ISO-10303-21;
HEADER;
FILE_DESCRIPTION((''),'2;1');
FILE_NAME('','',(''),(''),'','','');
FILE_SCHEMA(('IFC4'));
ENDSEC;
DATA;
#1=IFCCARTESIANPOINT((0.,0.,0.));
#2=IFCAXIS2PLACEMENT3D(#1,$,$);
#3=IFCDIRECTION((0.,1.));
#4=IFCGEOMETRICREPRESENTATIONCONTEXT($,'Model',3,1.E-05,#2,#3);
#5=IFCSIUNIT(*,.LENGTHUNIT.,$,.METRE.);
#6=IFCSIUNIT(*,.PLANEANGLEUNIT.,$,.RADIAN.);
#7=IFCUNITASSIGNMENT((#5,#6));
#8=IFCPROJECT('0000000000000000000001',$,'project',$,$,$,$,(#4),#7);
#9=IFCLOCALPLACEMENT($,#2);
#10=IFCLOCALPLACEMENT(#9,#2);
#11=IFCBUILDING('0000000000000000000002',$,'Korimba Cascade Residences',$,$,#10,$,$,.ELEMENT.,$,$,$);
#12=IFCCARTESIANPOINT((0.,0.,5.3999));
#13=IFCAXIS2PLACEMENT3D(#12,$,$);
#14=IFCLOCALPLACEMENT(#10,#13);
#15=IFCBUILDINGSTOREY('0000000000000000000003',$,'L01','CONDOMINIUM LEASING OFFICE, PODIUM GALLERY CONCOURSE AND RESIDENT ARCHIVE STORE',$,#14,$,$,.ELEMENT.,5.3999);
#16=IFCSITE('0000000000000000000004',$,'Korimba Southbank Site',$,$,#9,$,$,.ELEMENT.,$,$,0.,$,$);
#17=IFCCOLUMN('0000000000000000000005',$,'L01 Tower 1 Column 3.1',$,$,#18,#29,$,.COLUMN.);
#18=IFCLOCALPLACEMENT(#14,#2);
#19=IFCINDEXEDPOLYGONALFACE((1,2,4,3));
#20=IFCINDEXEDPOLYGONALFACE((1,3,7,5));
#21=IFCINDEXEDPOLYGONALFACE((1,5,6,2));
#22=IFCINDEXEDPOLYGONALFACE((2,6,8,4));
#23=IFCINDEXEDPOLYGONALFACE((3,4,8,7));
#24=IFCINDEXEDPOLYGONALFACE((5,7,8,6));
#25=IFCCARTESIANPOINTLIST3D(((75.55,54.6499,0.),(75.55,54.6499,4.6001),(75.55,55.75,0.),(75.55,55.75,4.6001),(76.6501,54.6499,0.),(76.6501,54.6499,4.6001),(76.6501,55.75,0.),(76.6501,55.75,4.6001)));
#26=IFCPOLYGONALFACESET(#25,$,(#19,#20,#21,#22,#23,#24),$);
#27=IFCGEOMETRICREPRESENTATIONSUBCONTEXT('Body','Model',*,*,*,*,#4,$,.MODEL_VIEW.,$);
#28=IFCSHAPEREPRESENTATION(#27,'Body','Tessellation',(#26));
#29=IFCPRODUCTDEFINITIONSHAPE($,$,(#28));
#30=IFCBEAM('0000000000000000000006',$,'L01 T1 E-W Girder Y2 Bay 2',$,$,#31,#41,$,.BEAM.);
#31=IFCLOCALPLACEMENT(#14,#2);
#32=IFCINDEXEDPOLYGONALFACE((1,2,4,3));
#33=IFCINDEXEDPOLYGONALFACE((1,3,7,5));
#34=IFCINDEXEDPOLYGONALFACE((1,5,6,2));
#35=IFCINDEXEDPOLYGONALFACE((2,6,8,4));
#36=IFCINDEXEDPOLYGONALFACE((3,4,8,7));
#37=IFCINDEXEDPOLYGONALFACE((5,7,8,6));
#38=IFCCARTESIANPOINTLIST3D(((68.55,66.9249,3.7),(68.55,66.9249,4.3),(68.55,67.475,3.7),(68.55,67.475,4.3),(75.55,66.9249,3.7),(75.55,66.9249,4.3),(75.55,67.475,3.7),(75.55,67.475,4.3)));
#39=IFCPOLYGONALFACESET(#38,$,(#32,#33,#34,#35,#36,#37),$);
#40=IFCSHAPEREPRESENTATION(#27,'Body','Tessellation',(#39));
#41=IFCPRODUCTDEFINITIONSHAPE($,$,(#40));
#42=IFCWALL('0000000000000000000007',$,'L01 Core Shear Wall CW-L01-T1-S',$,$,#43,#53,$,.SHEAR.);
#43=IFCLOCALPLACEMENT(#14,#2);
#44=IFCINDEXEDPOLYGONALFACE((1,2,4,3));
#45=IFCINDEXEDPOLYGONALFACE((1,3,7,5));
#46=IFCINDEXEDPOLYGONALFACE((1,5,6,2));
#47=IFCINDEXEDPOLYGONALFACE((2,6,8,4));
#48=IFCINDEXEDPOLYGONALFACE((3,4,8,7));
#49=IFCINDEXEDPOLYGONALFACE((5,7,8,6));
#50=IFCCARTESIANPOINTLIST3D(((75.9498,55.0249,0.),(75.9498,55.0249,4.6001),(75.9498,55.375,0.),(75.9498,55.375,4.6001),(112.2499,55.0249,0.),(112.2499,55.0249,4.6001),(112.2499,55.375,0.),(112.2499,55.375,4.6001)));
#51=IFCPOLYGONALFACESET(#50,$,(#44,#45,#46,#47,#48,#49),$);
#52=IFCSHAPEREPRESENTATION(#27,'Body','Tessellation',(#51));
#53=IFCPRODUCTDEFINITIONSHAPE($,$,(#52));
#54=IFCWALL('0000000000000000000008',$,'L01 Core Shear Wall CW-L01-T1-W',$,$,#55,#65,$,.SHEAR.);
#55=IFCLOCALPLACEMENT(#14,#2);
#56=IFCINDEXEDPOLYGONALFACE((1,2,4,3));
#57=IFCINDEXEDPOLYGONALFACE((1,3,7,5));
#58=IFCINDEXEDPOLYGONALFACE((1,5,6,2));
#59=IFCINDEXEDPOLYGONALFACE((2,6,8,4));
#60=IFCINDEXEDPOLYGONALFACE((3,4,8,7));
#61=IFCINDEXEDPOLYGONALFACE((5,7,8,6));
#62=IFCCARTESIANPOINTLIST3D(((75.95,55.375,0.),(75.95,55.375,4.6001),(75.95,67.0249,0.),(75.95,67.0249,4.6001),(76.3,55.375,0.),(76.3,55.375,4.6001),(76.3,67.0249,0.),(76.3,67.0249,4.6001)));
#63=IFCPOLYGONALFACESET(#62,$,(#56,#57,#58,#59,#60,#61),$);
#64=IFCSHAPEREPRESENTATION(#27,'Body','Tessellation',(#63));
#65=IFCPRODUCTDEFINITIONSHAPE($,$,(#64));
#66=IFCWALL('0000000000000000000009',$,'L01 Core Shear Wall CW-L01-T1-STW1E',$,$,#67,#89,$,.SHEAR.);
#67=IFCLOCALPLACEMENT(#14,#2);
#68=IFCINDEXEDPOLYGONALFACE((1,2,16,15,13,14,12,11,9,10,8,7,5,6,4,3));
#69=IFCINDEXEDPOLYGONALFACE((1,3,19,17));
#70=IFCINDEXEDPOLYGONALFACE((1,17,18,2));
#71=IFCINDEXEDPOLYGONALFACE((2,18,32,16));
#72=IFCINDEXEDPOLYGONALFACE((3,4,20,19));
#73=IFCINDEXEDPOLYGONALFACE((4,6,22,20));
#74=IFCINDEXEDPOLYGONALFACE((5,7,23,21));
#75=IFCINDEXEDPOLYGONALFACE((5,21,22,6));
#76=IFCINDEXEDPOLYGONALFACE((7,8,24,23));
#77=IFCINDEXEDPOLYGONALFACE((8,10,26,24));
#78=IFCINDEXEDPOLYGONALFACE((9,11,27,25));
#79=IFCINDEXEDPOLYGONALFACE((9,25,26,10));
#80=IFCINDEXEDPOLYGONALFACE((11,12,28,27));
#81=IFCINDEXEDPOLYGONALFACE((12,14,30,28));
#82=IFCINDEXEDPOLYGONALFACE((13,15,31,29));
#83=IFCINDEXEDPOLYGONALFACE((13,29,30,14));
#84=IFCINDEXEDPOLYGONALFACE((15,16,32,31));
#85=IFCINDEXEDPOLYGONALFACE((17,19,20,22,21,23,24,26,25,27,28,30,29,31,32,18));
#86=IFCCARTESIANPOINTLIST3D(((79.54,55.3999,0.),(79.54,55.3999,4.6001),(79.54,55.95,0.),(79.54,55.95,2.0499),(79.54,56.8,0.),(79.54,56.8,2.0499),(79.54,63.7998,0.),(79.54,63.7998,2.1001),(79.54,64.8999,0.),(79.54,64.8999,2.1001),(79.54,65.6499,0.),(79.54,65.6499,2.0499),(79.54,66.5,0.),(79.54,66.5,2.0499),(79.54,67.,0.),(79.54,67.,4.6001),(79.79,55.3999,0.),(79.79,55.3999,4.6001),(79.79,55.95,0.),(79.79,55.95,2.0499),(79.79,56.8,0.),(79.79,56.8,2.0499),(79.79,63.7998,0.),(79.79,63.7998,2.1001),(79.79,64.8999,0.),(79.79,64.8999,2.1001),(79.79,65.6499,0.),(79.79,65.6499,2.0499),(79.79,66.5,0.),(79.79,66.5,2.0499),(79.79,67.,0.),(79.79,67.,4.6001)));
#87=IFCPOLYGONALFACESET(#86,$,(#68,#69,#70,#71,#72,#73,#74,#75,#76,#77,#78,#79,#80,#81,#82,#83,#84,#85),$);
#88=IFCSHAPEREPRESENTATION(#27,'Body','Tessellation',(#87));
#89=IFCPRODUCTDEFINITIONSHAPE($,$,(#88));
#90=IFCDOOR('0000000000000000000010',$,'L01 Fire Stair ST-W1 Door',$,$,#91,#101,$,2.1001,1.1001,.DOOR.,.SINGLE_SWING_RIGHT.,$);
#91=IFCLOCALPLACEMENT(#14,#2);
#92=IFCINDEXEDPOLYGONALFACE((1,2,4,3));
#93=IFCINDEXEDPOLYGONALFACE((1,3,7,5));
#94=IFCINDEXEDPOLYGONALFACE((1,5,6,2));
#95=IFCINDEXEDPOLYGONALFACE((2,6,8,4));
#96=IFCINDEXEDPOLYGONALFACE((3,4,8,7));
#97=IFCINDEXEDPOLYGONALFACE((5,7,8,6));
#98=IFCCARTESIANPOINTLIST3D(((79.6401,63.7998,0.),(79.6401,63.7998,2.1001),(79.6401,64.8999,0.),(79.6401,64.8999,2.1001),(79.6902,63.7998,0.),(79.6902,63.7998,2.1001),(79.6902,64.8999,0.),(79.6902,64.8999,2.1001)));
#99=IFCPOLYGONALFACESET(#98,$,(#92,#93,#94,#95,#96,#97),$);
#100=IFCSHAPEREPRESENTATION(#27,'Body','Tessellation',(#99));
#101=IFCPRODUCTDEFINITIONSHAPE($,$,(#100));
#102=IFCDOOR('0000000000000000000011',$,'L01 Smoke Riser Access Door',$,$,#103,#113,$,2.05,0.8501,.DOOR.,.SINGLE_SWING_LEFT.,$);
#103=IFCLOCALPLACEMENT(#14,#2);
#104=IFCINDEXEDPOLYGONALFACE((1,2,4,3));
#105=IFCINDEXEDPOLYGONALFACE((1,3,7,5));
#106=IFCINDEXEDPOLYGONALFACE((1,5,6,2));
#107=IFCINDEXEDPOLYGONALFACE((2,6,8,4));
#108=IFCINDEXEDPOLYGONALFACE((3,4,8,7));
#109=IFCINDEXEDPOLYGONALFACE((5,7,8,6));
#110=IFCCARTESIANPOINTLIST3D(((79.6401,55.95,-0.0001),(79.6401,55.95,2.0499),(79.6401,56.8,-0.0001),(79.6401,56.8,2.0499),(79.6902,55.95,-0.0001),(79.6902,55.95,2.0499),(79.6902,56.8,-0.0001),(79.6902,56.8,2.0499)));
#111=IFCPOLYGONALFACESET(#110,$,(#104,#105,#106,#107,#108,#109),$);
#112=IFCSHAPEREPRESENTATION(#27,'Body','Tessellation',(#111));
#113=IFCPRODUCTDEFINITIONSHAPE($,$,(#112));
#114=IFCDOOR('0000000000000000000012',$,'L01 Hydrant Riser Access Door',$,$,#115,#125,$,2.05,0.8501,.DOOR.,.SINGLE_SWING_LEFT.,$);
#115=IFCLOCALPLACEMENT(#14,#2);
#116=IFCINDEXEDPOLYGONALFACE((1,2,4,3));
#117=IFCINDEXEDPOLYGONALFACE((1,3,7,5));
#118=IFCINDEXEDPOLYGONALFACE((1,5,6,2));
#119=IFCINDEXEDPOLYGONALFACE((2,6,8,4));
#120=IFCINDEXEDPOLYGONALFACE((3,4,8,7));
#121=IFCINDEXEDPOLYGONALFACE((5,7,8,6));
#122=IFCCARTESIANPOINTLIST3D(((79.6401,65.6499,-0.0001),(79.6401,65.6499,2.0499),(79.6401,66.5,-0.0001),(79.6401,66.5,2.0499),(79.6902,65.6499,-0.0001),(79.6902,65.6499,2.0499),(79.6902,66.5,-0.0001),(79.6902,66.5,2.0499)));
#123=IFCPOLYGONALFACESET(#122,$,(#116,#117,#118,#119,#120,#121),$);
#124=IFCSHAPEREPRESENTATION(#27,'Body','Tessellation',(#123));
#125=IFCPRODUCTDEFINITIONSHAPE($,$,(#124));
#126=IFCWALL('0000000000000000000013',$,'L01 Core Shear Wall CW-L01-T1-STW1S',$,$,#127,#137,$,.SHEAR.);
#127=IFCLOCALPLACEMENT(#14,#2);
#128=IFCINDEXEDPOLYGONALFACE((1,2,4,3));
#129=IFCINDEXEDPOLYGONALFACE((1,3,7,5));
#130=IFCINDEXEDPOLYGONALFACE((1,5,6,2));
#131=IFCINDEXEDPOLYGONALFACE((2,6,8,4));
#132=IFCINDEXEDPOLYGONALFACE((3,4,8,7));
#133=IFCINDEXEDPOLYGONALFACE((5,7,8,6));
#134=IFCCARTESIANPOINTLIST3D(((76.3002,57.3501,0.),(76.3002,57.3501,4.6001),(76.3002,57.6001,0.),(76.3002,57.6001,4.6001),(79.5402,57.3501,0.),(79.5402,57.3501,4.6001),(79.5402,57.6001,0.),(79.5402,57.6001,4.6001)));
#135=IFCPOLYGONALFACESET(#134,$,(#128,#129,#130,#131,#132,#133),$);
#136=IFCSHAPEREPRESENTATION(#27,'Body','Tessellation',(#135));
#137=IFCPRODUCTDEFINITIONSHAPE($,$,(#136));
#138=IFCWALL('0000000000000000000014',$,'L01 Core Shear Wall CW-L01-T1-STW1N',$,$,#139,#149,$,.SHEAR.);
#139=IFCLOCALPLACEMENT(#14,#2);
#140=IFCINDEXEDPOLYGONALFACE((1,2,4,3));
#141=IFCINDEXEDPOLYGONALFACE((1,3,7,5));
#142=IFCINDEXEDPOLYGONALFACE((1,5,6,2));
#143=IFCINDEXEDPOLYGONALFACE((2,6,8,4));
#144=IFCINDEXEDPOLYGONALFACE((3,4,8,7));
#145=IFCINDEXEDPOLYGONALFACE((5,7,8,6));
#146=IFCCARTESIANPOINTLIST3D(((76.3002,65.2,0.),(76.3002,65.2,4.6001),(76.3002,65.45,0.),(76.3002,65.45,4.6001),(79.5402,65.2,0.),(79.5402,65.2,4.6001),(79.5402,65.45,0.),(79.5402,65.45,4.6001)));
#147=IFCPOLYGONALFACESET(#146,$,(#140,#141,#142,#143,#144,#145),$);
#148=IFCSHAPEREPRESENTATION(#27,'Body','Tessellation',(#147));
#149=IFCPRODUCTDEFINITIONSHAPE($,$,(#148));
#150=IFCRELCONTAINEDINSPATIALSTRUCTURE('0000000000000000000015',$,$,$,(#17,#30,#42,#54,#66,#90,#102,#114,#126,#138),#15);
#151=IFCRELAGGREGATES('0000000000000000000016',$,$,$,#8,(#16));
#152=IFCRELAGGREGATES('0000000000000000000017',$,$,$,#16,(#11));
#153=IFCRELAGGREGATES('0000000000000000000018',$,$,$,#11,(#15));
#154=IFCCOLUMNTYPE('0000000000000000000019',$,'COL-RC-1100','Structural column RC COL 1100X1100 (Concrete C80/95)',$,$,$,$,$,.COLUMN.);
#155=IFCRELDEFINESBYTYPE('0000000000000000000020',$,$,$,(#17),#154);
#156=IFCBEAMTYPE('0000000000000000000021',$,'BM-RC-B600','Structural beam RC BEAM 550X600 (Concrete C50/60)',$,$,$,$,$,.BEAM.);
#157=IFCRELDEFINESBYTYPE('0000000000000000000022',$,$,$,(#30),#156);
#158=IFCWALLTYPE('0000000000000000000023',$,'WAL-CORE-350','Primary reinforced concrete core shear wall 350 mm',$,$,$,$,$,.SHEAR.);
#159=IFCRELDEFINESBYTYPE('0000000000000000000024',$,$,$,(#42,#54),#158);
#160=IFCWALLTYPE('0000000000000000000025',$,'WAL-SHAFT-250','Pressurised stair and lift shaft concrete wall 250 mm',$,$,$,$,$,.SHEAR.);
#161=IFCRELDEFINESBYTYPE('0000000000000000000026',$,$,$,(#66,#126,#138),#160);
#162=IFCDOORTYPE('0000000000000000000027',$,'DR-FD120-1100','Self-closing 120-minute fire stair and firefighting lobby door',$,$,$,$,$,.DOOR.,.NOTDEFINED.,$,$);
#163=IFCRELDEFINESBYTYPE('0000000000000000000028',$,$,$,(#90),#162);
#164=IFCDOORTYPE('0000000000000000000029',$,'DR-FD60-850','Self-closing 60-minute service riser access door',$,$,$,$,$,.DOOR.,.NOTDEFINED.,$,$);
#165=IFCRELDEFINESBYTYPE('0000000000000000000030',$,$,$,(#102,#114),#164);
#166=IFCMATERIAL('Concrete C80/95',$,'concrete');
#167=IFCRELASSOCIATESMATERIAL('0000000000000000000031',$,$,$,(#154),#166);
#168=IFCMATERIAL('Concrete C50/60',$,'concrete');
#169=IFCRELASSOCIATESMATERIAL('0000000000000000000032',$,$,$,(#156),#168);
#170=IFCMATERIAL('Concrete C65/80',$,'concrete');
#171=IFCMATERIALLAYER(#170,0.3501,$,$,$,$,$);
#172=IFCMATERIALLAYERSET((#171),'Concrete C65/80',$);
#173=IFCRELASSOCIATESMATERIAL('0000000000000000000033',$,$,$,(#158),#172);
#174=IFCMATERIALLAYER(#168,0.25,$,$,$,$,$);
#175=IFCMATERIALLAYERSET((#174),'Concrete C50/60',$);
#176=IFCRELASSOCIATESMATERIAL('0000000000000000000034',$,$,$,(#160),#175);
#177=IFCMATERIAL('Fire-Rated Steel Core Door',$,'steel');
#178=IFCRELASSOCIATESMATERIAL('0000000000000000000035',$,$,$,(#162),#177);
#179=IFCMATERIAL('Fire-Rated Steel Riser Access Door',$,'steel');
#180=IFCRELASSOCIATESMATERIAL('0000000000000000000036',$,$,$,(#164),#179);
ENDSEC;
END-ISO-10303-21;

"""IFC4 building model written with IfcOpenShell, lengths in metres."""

from ifc_helpers import new_model, si_unit, direction, frame, frame_2d, origin, origin_2d, place, context, subcontext, project, spatial, rectangle, extrude, material, layer, layer_set, material_profile, profile_set, type_object, element, fill, save


model = new_model("IFC4")

# Units and contexts
model_context = context("Model", 3, precision=1e-05, world=origin(), true_north=direction((0.0, 1.0)))
body_context = subcontext(model_context, "Body", "Model", "MODEL_VIEW")
ifc_project = project(units=[si_unit("LENGTHUNIT", "METRE"), si_unit("PLANEANGLEUNIT", "RADIAN")], contexts=[model_context])

# Site, building, storey
site_placement = place(None, origin())
site = spatial("IfcSite", under=ifc_project, at=site_placement, Name="Korimba Southbank Site", CompositionType="ELEMENT", RefElevation=0.0)
building_placement = place(site_placement, origin())
building = spatial("IfcBuilding", under=site, at=building_placement, Name="Korimba Cascade Residences", CompositionType="ELEMENT")
storey_placement = place(building_placement, frame((0.0, 0.0, 5.3999)))
storey = spatial("IfcBuildingStorey", under=building, at=storey_placement, Name="L01", Description="CONDOMINIUM LEASING OFFICE, PODIUM GALLERY CONCOURSE AND RESIDENT ARCHIVE STORE", CompositionType="ELEMENT", Elevation=5.3999)

# Column
ifc_material_1 = material(Name="Concrete C80/95", Category="concrete")
ifc_material_profile_1 = material_profile(ifc_material_1, rectangle(XDim=1.1001, YDim=1.1001, at=origin_2d()), Name="Concrete C80/95")
ifc_profile_set_1 = profile_set([ifc_material_profile_1], Name="Concrete C80/95")
column_type = type_object("IfcColumnType", Name="COL-RC-1100", Description="Structural column RC COL 1100X1100 (Concrete C80/95)", PredefinedType="COLUMN", material=ifc_profile_set_1)
column_placement = place(storey_placement, frame((76.1001, 55.2, 0.0), z_axis=(0.0, 0.0, 1.0), x_axis=(1.0, 0.0, 0.0)))
element("IfcColumn", 1, at=column_placement, inside=storey, type_object=column_type, Name="L01 Tower 1 Column 3.1", PredefinedType="COLUMN", context=body_context, shape_type="SweptSolid", body=[
    extrude(rectangle(XDim=1.1001, YDim=1.1001, at=origin_2d()), origin(), (0.0, 0.0, 1.0), 4.6001),
])

# Beam
ifc_material_2 = material(Name="Concrete C50/60", Category="concrete")
ifc_material_profile_2 = material_profile(ifc_material_2, rectangle(XDim=0.55, YDim=0.6001, at=origin_2d()), Name="Concrete C50/60")
ifc_profile_set_2 = profile_set([ifc_material_profile_2], Name="Concrete C50/60")
beam_type = type_object("IfcBeamType", Name="BM-RC-B600", Description="Structural beam RC BEAM 550X600 (Concrete C50/60)", PredefinedType="BEAM", material=ifc_profile_set_2)
beam_placement = place(storey_placement, frame((68.55, 67.2, 4.0), z_axis=(1.0, 0.0, 0.0), x_axis=(0.0, 1.0, 0.0)))
element("IfcBeam", 2, at=beam_placement, inside=storey, type_object=beam_type, Name="L01 T1 E-W Girder Y2 Bay 2", PredefinedType="BEAM", context=body_context, shape_type="SweptSolid", body=[
    extrude(rectangle(XDim=0.55, YDim=0.6001, at=origin_2d()), origin(), (0.0, 0.0, 1.0), 7.0),
])

# Walls
ifc_material_3 = material(Name="Concrete C65/80", Category="concrete")
ifc_layer_1 = layer(ifc_material_3, 0.3501)
ifc_layer_set_1 = layer_set([ifc_layer_1], Name="Concrete C65/80")
wall_type_1 = type_object("IfcWallType", Name="WAL-CORE-350", Description="Primary reinforced concrete core shear wall 350 mm", PredefinedType="SHEAR", material=ifc_layer_set_1)
wall_1_placement = place(storey_placement, frame((75.95, 55.2, 0.0), z_axis=(0.0, 0.0, 1.0), x_axis=(1.0, 0.0, 0.0)))
element("IfcWall", 3, at=wall_1_placement, inside=storey, type_object=wall_type_1, Name="L01 Core Shear Wall CW-L01-T1-S", PredefinedType="SHEAR", context=body_context, shape_type="SweptSolid", body=[
    extrude(rectangle(XDim=36.3, YDim=0.3501, at=frame_2d((18.1499, 0.0))), origin(), (0.0, 0.0, 1.0), 4.6001),
])
wall_2_placement = place(storey_placement, frame((76.125, 55.375, 0.0), z_axis=(0.0, 0.0, 1.0), x_axis=(0.0, 1.0, 0.0)))
element("IfcWall", 4, at=wall_2_placement, inside=storey, type_object=wall_type_1, Name="L01 Core Shear Wall CW-L01-T1-W", PredefinedType="SHEAR", context=body_context, shape_type="SweptSolid", body=[
    extrude(rectangle(XDim=11.6499, YDim=0.3501, at=frame_2d((5.825, 0.0))), origin(), (0.0, 0.0, 1.0), 4.6001),
])

# Wall, openings, doors
ifc_layer_2 = layer(ifc_material_2, 0.25)
ifc_layer_set_2 = layer_set([ifc_layer_2], Name="Concrete C50/60")
wall_type_2 = type_object("IfcWallType", Name="WAL-SHAFT-250", Description="Pressurised stair and lift shaft concrete wall 250 mm", PredefinedType="SHEAR", material=ifc_layer_set_2)
wall_3_placement = place(storey_placement, frame((79.665, 55.3999, 0.0), z_axis=(0.0, 0.0, 1.0), x_axis=(0.0, 1.0, 0.0)))
wall_3 = element("IfcWall", 5, at=wall_3_placement, inside=storey, type_object=wall_type_2, Name="L01 Core Shear Wall CW-L01-T1-STW1E", PredefinedType="SHEAR", context=body_context, shape_type="SweptSolid", body=[
    extrude(rectangle(XDim=11.6001, YDim=0.25, at=frame_2d((5.8, 0.0))), origin(), (0.0, 0.0, 1.0), 4.6001),
])
opening_1_placement = place(wall_3_placement, frame((0.55, 0.0, 0.0)))
opening_1 = element("IfcOpeningElement", 6, at=opening_1_placement, cuts=wall_3, PredefinedType="OPENING", context=body_context, shape_type="SweptSolid", body=[
    extrude(rectangle(XDim=0.8501, YDim=2.05, at=frame_2d((0.425, 1.0249))), frame((0.0, 0.135, 0.0), z_axis=(0.0, -1.0, 0.0), x_axis=(1.0, 0.0, 0.0)), (0.0, 0.0, 1.0), 0.27),
])
opening_2_placement = place(wall_3_placement, frame((8.3999, 0.0, 0.0)))
opening_2 = element("IfcOpeningElement", 7, at=opening_2_placement, cuts=wall_3, PredefinedType="OPENING", context=body_context, shape_type="SweptSolid", body=[
    extrude(rectangle(XDim=1.1001, YDim=2.1001, at=frame_2d((0.55, 1.05))), frame((0.0, 0.135, 0.0), z_axis=(0.0, -1.0, 0.0), x_axis=(1.0, 0.0, 0.0)), (0.0, 0.0, 1.0), 0.27),
])
opening_3_placement = place(wall_3_placement, frame((10.25, 0.0, 0.0)))
opening_3 = element("IfcOpeningElement", 8, at=opening_3_placement, cuts=wall_3, PredefinedType="OPENING", context=body_context, shape_type="SweptSolid", body=[
    extrude(rectangle(XDim=0.8501, YDim=2.05, at=frame_2d((0.425, 1.0249))), frame((0.0, 0.135, 0.0), z_axis=(0.0, -1.0, 0.0), x_axis=(1.0, 0.0, 0.0)), (0.0, 0.0, 1.0), 0.27),
])
ifc_material_4 = material(Name="Fire-Rated Steel Core Door", Category="steel")
door_type_1 = type_object("IfcDoorType", Name="DR-FD120-1100", Description="Self-closing 120-minute fire stair and firefighting lobby door", OperationType="NOTDEFINED", PredefinedType="DOOR", material=ifc_material_4)
door_1_placement = place(opening_2_placement, origin())
door_1 = element("IfcDoor", 9, at=door_1_placement, inside=storey, type_object=door_type_1, Name="L01 Fire Stair ST-W1 Door", OperationType="SINGLE_SWING_RIGHT", OverallHeight=2.1001, OverallWidth=1.1001, PredefinedType="DOOR", context=body_context, shape_type="SweptSolid", body=[
    extrude(rectangle(XDim=1.1001, YDim=2.1001, at=frame_2d((0.55, 1.05))), frame((0.0, 0.0249, 0.0), z_axis=(0.0, -1.0, 0.0), x_axis=(1.0, 0.0, 0.0)), (0.0, 0.0, 1.0), 0.05),
])
fill(opening_2, door_1)
ifc_material_5 = material(Name="Fire-Rated Steel Riser Access Door", Category="steel")
door_type_2 = type_object("IfcDoorType", Name="DR-FD60-850", Description="Self-closing 60-minute service riser access door", OperationType="NOTDEFINED", PredefinedType="DOOR", material=ifc_material_5)
door_2_placement = place(opening_1_placement, origin())
door_2 = element("IfcDoor", 10, at=door_2_placement, inside=storey, type_object=door_type_2, Name="L01 Smoke Riser Access Door", OperationType="SINGLE_SWING_LEFT", OverallHeight=2.05, OverallWidth=0.8501, PredefinedType="DOOR", context=body_context, shape_type="SweptSolid", body=[
    extrude(rectangle(XDim=0.8501, YDim=2.05, at=frame_2d((0.425, 1.0249))), frame((0.0, 0.0249, 0.0), z_axis=(0.0, -1.0, 0.0), x_axis=(1.0, 0.0, 0.0)), (0.0, 0.0, 1.0), 0.05),
])
fill(opening_1, door_2)
door_3_placement = place(opening_3_placement, origin())
door_3 = element("IfcDoor", 11, at=door_3_placement, inside=storey, type_object=door_type_2, Name="L01 Hydrant Riser Access Door", OperationType="SINGLE_SWING_LEFT", OverallHeight=2.05, OverallWidth=0.8501, PredefinedType="DOOR", context=body_context, shape_type="SweptSolid", body=[
    extrude(rectangle(XDim=0.8501, YDim=2.05, at=frame_2d((0.425, 1.0249))), frame((0.0, 0.0249, 0.0), z_axis=(0.0, -1.0, 0.0), x_axis=(1.0, 0.0, 0.0)), (0.0, 0.0, 1.0), 0.05),
])
fill(opening_3, door_3)

# Walls
for number, where, z_axis, x_axis, name in (
    (12, (76.3, 57.4751, 0.0), (0.0, 0.0, 1.0), (1.0, 0.0, 0.0), "L01 Core Shear Wall CW-L01-T1-STW1S"),
    (13, (76.3, 65.325, 0.0), (0.0, 0.0, 1.0), (1.0, 0.0, 0.0), "L01 Core Shear Wall CW-L01-T1-STW1N"),
):
    element("IfcWall", number, at=place(storey_placement, frame(where, z_axis=z_axis, x_axis=x_axis)), inside=storey, type_object=wall_type_2, Name=name, PredefinedType="SHEAR", context=body_context, shape_type="SweptSolid", body=[
        extrude(rectangle(XDim=3.24, YDim=0.25, at=frame_2d((1.6201, 0.0))), origin(), (0.0, 0.0, 1.0), 4.6001),
    ])

save(model, "model.ifc")
